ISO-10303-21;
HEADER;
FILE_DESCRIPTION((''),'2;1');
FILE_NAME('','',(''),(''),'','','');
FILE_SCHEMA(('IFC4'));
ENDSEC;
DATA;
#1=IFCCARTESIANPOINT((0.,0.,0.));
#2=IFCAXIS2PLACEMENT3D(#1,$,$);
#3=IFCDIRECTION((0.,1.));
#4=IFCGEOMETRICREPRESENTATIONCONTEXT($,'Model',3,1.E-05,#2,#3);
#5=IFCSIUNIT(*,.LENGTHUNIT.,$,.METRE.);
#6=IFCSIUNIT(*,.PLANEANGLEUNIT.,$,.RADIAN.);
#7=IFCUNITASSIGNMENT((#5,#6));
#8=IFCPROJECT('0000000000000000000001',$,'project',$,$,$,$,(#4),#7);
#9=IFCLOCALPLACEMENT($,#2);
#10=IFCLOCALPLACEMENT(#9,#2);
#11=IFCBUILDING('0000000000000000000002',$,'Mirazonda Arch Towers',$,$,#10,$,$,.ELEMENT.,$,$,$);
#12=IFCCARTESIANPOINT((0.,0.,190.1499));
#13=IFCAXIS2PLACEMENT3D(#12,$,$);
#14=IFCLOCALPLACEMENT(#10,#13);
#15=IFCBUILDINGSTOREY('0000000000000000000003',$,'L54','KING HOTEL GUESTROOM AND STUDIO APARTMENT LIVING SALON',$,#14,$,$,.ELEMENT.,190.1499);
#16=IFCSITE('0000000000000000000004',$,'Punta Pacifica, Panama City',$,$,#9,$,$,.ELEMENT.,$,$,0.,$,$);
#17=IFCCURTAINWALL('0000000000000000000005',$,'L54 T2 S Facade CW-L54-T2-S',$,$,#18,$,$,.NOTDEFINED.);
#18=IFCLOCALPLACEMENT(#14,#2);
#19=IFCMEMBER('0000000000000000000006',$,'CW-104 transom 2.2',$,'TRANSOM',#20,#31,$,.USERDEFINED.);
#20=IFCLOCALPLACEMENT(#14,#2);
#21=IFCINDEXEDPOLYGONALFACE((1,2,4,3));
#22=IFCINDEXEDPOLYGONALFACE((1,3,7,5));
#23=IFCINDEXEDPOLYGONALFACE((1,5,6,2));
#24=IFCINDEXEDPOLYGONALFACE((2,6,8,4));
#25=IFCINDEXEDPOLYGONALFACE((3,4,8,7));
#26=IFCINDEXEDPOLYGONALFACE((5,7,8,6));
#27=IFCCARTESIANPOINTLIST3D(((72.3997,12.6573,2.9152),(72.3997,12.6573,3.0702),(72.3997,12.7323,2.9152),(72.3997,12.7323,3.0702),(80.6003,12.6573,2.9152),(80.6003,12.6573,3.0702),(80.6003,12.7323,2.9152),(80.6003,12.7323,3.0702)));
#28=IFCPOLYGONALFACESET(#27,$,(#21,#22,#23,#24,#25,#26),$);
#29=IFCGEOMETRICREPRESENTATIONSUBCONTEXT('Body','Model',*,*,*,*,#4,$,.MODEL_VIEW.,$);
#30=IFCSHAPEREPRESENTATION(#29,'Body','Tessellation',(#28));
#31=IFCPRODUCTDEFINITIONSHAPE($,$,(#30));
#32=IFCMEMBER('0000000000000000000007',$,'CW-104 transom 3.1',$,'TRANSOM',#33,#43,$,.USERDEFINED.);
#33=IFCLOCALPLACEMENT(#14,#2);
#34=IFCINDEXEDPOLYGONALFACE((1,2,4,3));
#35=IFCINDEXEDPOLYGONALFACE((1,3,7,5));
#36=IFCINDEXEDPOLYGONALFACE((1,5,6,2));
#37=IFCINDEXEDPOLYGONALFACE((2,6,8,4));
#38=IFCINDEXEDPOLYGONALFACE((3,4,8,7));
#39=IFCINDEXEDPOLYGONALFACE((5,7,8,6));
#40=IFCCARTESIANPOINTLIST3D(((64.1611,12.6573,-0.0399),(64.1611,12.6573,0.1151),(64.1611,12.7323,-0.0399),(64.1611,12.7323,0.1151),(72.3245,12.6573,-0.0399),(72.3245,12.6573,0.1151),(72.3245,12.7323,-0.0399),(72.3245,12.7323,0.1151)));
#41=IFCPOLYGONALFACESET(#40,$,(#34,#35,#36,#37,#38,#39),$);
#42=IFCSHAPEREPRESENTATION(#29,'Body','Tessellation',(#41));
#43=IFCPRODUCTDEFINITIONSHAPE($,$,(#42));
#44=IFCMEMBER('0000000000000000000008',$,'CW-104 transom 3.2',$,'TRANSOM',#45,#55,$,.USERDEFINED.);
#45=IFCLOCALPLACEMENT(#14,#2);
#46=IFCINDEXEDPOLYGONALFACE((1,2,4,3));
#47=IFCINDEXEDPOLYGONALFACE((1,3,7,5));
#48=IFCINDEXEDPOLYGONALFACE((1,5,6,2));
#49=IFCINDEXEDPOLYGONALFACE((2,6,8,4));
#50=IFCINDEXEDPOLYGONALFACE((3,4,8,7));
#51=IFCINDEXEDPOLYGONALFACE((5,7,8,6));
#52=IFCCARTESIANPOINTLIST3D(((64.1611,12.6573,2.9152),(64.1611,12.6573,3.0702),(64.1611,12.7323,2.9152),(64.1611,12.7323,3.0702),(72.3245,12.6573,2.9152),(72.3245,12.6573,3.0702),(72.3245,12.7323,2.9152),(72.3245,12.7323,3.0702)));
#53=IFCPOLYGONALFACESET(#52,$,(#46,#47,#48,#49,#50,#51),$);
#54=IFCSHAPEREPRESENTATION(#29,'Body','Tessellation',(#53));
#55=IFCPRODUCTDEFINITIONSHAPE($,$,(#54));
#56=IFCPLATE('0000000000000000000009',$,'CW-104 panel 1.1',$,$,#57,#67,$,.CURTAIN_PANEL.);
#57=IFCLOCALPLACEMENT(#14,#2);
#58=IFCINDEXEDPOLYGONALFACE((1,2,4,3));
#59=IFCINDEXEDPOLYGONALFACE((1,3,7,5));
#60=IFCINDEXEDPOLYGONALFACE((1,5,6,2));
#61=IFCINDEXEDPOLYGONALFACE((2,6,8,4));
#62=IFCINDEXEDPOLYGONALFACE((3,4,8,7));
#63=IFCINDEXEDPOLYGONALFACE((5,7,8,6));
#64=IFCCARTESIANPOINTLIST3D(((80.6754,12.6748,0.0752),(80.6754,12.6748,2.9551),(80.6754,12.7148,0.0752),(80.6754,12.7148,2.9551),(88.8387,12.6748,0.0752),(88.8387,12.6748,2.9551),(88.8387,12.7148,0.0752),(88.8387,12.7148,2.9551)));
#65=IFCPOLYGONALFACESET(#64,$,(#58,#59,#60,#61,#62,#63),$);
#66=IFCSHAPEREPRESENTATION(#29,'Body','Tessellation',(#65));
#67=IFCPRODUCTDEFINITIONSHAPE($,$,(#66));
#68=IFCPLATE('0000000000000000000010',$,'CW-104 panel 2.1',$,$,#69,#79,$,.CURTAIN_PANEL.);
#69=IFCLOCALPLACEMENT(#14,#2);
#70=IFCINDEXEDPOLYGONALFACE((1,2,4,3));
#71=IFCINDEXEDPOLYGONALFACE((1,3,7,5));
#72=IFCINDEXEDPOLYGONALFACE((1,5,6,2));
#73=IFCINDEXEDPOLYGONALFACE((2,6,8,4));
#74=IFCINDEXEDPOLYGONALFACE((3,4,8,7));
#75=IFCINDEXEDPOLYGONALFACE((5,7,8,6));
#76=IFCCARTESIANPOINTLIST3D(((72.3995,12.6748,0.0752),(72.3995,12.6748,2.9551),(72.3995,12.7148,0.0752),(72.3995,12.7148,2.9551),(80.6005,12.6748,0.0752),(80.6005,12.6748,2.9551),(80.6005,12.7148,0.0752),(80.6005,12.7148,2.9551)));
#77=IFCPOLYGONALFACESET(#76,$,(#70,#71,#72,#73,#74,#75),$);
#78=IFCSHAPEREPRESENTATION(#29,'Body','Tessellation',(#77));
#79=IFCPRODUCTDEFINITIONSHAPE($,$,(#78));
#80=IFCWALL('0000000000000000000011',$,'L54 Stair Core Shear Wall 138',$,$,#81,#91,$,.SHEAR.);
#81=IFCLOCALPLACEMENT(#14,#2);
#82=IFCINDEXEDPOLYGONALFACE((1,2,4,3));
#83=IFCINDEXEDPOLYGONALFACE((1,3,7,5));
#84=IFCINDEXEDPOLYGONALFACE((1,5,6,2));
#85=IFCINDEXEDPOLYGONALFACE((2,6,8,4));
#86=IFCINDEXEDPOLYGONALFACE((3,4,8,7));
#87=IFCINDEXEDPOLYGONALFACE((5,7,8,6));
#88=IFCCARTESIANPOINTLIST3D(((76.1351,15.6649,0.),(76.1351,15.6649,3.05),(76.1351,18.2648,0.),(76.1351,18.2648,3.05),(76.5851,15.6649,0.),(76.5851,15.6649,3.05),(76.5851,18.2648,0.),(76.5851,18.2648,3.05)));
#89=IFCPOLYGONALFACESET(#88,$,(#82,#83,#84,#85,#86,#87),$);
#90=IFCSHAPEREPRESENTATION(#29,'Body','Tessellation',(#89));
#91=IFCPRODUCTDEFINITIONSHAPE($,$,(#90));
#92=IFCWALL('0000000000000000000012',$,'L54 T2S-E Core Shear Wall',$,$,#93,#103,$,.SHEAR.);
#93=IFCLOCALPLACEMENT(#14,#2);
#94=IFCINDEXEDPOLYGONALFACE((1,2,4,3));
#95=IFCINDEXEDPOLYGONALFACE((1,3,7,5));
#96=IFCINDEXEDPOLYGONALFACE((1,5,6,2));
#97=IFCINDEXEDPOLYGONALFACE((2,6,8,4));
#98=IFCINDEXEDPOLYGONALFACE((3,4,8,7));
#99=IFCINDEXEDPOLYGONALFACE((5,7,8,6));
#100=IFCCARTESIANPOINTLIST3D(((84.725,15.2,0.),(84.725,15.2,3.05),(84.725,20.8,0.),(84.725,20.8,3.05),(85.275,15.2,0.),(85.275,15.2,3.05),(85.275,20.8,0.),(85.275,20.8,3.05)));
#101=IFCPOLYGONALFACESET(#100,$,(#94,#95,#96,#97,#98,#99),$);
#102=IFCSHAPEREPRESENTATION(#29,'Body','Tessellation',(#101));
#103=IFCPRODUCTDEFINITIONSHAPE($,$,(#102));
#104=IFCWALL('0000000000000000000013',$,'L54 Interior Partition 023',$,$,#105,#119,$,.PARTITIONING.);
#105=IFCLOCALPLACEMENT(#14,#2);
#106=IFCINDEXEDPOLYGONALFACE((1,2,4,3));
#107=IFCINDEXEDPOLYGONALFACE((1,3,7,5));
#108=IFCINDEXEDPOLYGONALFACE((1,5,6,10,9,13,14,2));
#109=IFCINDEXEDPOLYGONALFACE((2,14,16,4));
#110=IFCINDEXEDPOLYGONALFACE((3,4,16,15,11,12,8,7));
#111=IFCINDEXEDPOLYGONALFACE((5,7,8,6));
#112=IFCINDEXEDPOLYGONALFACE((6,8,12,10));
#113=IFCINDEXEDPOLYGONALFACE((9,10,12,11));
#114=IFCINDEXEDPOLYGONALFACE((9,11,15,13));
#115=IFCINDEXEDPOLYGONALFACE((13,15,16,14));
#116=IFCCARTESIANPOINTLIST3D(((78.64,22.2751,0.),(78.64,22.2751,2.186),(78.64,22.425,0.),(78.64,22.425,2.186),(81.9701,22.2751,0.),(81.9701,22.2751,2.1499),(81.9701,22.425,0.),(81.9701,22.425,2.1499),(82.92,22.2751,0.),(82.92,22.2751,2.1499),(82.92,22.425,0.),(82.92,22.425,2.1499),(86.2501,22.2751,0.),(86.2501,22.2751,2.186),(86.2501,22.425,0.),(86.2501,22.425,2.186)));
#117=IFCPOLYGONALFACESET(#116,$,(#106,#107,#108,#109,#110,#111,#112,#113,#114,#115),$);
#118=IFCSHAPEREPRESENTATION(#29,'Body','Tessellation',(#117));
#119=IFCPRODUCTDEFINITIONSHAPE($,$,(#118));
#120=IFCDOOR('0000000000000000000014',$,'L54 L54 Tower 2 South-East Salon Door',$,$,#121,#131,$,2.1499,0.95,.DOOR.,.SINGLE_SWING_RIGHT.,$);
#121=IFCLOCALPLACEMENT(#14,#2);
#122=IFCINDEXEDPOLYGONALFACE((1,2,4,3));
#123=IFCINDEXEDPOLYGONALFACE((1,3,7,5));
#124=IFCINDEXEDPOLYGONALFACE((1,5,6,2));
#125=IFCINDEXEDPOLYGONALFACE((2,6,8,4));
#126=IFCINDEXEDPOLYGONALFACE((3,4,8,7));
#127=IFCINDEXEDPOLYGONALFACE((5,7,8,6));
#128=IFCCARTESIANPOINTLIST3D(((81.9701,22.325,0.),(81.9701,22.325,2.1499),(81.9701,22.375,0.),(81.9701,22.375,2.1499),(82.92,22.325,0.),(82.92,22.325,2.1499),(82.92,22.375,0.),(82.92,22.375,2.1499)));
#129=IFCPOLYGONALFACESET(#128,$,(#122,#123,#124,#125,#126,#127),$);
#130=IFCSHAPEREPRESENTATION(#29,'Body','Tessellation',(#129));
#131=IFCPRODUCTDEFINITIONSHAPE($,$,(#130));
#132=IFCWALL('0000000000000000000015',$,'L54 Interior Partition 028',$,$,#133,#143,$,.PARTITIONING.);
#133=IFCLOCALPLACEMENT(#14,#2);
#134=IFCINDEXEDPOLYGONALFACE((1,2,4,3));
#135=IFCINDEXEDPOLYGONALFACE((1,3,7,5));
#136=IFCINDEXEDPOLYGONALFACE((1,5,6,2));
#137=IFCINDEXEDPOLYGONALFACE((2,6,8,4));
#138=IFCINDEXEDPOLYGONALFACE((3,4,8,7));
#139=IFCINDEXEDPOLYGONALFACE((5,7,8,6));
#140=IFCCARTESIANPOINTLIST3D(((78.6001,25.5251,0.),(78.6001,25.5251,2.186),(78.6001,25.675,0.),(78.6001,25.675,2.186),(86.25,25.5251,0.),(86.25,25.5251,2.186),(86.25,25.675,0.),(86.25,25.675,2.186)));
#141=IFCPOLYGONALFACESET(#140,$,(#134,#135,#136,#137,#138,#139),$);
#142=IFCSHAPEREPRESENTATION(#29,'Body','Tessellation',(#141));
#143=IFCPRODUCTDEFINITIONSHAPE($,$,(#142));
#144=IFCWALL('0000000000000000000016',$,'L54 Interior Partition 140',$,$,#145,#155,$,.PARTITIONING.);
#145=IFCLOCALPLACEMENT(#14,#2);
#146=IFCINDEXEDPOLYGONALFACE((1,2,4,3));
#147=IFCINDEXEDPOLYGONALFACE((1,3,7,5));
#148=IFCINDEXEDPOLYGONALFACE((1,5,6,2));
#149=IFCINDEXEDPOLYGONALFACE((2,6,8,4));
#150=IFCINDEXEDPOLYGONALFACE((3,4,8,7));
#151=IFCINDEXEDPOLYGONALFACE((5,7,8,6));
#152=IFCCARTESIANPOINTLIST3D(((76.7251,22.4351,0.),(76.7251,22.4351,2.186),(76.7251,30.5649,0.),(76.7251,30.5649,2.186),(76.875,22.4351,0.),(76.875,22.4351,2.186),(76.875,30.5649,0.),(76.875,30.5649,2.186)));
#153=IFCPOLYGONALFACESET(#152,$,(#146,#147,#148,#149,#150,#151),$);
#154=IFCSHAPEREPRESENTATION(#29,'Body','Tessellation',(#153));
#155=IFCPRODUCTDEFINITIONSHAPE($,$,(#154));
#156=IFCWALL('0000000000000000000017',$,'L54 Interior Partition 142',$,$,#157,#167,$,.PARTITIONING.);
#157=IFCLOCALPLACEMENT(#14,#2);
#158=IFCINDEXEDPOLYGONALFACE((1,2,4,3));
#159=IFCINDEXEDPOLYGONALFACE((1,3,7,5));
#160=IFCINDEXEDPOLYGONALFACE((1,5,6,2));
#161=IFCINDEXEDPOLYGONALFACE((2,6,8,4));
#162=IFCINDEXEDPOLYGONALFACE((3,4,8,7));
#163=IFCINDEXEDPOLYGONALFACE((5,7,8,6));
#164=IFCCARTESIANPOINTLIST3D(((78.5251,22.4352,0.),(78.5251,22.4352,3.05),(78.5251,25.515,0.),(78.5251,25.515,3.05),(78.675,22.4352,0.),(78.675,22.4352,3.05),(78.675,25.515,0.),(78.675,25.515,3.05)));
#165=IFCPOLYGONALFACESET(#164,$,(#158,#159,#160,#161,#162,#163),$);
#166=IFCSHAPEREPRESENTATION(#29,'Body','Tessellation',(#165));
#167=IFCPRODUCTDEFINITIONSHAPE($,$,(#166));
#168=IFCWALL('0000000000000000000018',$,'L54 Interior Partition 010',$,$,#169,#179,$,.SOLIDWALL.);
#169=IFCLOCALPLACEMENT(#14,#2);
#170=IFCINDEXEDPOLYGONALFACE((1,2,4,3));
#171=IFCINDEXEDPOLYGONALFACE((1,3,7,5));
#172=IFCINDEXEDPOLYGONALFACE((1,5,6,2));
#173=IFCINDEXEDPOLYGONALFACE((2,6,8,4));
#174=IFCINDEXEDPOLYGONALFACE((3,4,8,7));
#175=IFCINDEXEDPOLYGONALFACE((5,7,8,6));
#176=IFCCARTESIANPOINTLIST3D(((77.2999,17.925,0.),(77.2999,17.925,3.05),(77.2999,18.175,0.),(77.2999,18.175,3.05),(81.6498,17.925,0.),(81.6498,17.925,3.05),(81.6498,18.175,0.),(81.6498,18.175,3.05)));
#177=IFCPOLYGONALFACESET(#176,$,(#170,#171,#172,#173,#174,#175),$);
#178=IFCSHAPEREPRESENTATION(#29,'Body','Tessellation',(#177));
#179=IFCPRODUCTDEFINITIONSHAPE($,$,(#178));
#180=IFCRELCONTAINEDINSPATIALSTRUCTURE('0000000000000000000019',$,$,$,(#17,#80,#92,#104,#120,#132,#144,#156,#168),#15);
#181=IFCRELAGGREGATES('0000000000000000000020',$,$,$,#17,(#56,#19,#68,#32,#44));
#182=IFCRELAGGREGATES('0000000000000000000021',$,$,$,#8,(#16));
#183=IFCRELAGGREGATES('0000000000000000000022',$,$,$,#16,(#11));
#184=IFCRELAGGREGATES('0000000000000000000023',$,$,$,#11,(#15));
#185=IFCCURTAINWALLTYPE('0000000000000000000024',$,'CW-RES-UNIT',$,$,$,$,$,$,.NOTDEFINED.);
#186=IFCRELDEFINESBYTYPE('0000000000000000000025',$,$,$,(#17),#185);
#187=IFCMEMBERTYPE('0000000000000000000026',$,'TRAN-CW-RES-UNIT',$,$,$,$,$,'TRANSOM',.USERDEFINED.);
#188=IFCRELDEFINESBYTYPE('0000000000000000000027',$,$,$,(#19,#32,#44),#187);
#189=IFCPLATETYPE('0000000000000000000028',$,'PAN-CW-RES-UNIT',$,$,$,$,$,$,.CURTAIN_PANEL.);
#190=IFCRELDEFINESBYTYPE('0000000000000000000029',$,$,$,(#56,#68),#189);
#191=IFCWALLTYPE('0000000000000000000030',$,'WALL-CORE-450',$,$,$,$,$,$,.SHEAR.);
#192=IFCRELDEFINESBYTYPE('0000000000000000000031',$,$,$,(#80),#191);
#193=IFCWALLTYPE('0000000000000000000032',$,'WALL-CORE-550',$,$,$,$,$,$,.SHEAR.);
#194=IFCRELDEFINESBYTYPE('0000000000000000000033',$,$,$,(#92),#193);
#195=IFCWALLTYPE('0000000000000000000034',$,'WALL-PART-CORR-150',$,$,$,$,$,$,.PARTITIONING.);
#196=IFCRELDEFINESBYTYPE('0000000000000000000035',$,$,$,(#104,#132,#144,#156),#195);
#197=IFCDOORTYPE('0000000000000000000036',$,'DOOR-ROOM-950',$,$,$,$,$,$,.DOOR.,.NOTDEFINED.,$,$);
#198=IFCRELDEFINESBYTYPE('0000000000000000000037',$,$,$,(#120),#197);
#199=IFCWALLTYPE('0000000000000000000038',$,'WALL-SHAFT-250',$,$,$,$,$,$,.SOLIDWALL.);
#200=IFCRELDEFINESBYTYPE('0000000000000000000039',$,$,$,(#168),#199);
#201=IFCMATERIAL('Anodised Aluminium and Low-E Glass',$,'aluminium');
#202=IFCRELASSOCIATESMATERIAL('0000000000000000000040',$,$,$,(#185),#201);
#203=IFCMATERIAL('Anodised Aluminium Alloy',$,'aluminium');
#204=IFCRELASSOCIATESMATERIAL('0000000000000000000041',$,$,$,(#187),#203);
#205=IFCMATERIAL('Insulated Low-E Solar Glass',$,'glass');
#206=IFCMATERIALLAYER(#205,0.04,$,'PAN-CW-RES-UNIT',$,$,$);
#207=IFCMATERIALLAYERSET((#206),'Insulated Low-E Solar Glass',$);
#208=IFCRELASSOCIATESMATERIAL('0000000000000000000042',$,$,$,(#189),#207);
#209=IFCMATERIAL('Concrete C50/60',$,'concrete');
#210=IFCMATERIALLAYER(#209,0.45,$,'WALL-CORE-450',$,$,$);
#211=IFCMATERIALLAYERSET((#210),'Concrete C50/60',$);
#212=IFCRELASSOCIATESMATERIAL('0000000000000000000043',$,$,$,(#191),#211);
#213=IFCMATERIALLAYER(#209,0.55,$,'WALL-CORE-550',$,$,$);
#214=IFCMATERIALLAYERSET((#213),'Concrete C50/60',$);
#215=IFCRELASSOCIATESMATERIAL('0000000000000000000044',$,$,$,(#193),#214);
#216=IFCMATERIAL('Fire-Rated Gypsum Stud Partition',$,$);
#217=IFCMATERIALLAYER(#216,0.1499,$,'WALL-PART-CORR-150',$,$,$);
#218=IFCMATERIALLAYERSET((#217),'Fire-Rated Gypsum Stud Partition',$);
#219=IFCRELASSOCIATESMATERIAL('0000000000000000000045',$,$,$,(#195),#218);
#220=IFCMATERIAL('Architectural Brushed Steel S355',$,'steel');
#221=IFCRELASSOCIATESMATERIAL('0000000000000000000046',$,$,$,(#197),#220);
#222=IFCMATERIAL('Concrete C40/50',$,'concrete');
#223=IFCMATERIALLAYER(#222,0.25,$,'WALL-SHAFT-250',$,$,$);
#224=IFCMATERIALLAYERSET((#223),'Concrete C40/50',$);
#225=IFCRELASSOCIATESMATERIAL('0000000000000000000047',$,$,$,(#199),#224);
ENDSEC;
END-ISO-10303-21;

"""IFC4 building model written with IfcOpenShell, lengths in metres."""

from ifc_helpers import new_model, si_unit, direction, frame, frame_2d, origin, origin_2d, place, context, subcontext, project, spatial, rectangle, extrude, material, layer, layer_set, material_profile, profile_set, type_object, element, fill, aggregate, save


model = new_model("IFC4")

# Units and contexts
model_context = context("Model", 3, precision=1e-05, world=origin(), true_north=direction((0.0, 1.0)))
body_context = subcontext(model_context, "Body", "Model", "MODEL_VIEW")
ifc_project = project(units=[si_unit("LENGTHUNIT", "METRE"), si_unit("PLANEANGLEUNIT", "RADIAN")], contexts=[model_context])

# Site, building, storey
site_placement = place(None, origin())
site = spatial("IfcSite", under=ifc_project, at=site_placement, Name="Punta Pacifica, Panama City", CompositionType="ELEMENT", RefElevation=0.0)
building_placement = place(site_placement, origin())
building = spatial("IfcBuilding", under=site, at=building_placement, Name="Mirazonda Arch Towers", CompositionType="ELEMENT")
storey_placement = place(building_placement, frame((0.0, 0.0, 190.1499)))
storey = spatial("IfcBuildingStorey", under=building, at=storey_placement, Name="L54", Description="KING HOTEL GUESTROOM AND STUDIO APARTMENT LIVING SALON", CompositionType="ELEMENT", Elevation=190.1499)

# Shared definitions
ifc_material_1 = material(Name="Concrete C50/60", Category="concrete")

# Curtain wall, members, plates
ifc_material_2 = material(Name="Anodised Aluminium and Low-E Glass", Category="aluminium")
curtain_wall_type = type_object("IfcCurtainWallType", Name="CW-RES-UNIT", PredefinedType="NOTDEFINED", material=ifc_material_2)
curtain_wall_placement = place(storey_placement, origin())
curtain_wall = element("IfcCurtainWall", 1, at=curtain_wall_placement, inside=storey, type_object=curtain_wall_type, Name="L54 T2 S Facade CW-L54-T2-S", PredefinedType="NOTDEFINED")
ifc_material_3 = material(Name="Anodised Aluminium Alloy", Category="aluminium")
ifc_material_profile_1 = material_profile(ifc_material_3, rectangle(XDim=0.075, YDim=0.155, at=origin_2d()), Name="ALU-TRAN-75x155")
ifc_profile_set_1 = profile_set([ifc_material_profile_1], Name="Anodised Aluminium Alloy")
member_type_1 = type_object("IfcMemberType", Name="TRAN-CW-RES-UNIT", ElementType="TRANSOM", PredefinedType="USERDEFINED", material=ifc_profile_set_1)
member_1_placement = place(storey_placement, frame((80.6003, 12.6948, 2.9927), z_axis=(-1.0, 0.0, 0.0), x_axis=(0.0, -1.0, 0.0)))
member_1 = element("IfcMember", 2, at=member_1_placement, type_object=member_type_1, Name="CW-104 transom 2.2", ObjectType="TRANSOM", PredefinedType="USERDEFINED", context=body_context, shape_type="SweptSolid", body=[
    extrude(rectangle(XDim=0.075, YDim=0.155, at=origin_2d()), origin(), (0.0, 0.0, 1.0), 8.2007),
])
member_2_placement = place(storey_placement, frame((72.3245, 12.6948, 0.0376), z_axis=(-1.0, 0.0, 0.0), x_axis=(0.0, -1.0, 0.0)))
member_2 = element("IfcMember", 3, at=member_2_placement, type_object=member_type_1, Name="CW-104 transom 3.1", ObjectType="TRANSOM", PredefinedType="USERDEFINED", context=body_context, shape_type="SweptSolid", body=[
    extrude(rectangle(XDim=0.075, YDim=0.155, at=origin_2d()), origin(), (0.0, 0.0, 1.0), 8.1633),
])
member_3_placement = place(storey_placement, frame((72.3245, 12.6948, 2.9927), z_axis=(-1.0, 0.0, 0.0), x_axis=(0.0, -1.0, 0.0)))
member_3 = element("IfcMember", 4, at=member_3_placement, type_object=member_type_1, Name="CW-104 transom 3.2", ObjectType="TRANSOM", PredefinedType="USERDEFINED", context=body_context, shape_type="SweptSolid", body=[
    extrude(rectangle(XDim=0.075, YDim=0.155, at=origin_2d()), origin(), (0.0, 0.0, 1.0), 8.1633),
])
ifc_material_4 = material(Name="Insulated Low-E Solar Glass", Category="glass")
ifc_layer_1 = layer(ifc_material_4, 0.04, Name="PAN-CW-RES-UNIT")
ifc_layer_set_1 = layer_set([ifc_layer_1], Name="Insulated Low-E Solar Glass")
plate_type = type_object("IfcPlateType", Name="PAN-CW-RES-UNIT", PredefinedType="CURTAIN_PANEL", material=ifc_layer_set_1)
plate_1_placement = place(storey_placement, frame((84.7571, 12.6948, 0.0752), z_axis=(0.0, 0.0, 1.0), x_axis=(-1.0, 0.0, 0.0)))
plate_1 = element("IfcPlate", 5, at=plate_1_placement, type_object=plate_type, Name="CW-104 panel 1.1", PredefinedType="CURTAIN_PANEL", context=body_context, shape_type="SweptSolid", body=[
    extrude(rectangle(XDim=8.1633, YDim=0.04, at=origin_2d()), origin(), (0.0, 0.0, 1.0), 2.8799),
])
plate_2_placement = place(storey_placement, frame((76.5, 12.6948, 0.0752), z_axis=(0.0, 0.0, 1.0), x_axis=(-1.0, 0.0, 0.0)))
plate_2 = element("IfcPlate", 6, at=plate_2_placement, type_object=plate_type, Name="CW-104 panel 2.1", PredefinedType="CURTAIN_PANEL", context=body_context, shape_type="SweptSolid", body=[
    extrude(rectangle(XDim=8.2009, YDim=0.04, at=origin_2d()), origin(), (0.0, 0.0, 1.0), 2.8799),
])
aggregate(curtain_wall, [plate_1, member_1, plate_2, member_2, member_3])

# Walls
ifc_layer_2 = layer(ifc_material_1, 0.45, Name="WALL-CORE-450")
ifc_layer_set_2 = layer_set([ifc_layer_2], Name="Concrete C50/60")
wall_type_1 = type_object("IfcWallType", Name="WALL-CORE-450", PredefinedType="SHEAR", material=ifc_layer_set_2)
wall_1_placement = place(storey_placement, frame((76.3601, 15.665, 0.0), z_axis=(0.0, 0.0, 1.0), x_axis=(0.0, 1.0, 0.0)))
element("IfcWall", 7, at=wall_1_placement, inside=storey, type_object=wall_type_1, Name="L54 Stair Core Shear Wall 138", PredefinedType="SHEAR", context=body_context, shape_type="SweptSolid", body=[
    extrude(rectangle(XDim=2.5999, YDim=0.45, at=frame_2d((1.2998, 0.0))), origin(), (0.0, 0.0, 1.0), 3.05),
])
ifc_layer_3 = layer(ifc_material_1, 0.55, Name="WALL-CORE-550")
ifc_layer_set_3 = layer_set([ifc_layer_3], Name="Concrete C50/60")
wall_type_2 = type_object("IfcWallType", Name="WALL-CORE-550", PredefinedType="SHEAR", material=ifc_layer_set_3)
wall_2_placement = place(storey_placement, frame((85.0, 15.2, 0.0), z_axis=(0.0, 0.0, 1.0), x_axis=(0.0, 1.0, 0.0)))
element("IfcWall", 8, at=wall_2_placement, inside=storey, type_object=wall_type_2, Name="L54 T2S-E Core Shear Wall", PredefinedType="SHEAR", context=body_context, shape_type="SweptSolid", body=[
    extrude(rectangle(XDim=5.6001, YDim=0.55, at=frame_2d((2.8, 0.0))), origin(), (0.0, 0.0, 1.0), 3.05),
])

# Wall, opening, door
ifc_material_5 = material(Name="Fire-Rated Gypsum Stud Partition")
ifc_layer_4 = layer(ifc_material_5, 0.1499, Name="WALL-PART-CORR-150")
ifc_layer_set_4 = layer_set([ifc_layer_4], Name="Fire-Rated Gypsum Stud Partition")
wall_type_3 = type_object("IfcWallType", Name="WALL-PART-CORR-150", PredefinedType="PARTITIONING", material=ifc_layer_set_4)
wall_3_placement = place(storey_placement, frame((78.6399, 22.3501, 0.0), z_axis=(0.0, 0.0, 1.0), x_axis=(1.0, 0.0, 0.0)))
wall_3 = element("IfcWall", 9, at=wall_3_placement, inside=storey, type_object=wall_type_3, Name="L54 Interior Partition 023", PredefinedType="PARTITIONING", context=body_context, shape_type="SweptSolid", body=[
    extrude(rectangle(XDim=7.6101, YDim=0.1499, at=frame_2d((3.8052, 0.0))), origin(), (0.0, 0.0, 1.0), 2.186),
])
opening_placement = place(wall_3_placement, frame((3.3301, 0.0, 0.0)))
opening = element("IfcOpeningElement", 10, at=opening_placement, cuts=wall_3, PredefinedType="OPENING", context=body_context, shape_type="SweptSolid", body=[
    extrude(rectangle(XDim=0.95, YDim=2.1499, at=frame_2d((0.4751, 1.075))), frame((0.0, 0.085, 0.0), z_axis=(0.0, -1.0, 0.0), x_axis=(1.0, 0.0, 0.0)), (0.0, 0.0, 1.0), 0.1699),
])
ifc_material_6 = material(Name="Architectural Brushed Steel S355", Category="steel")
door_type = type_object("IfcDoorType", Name="DOOR-ROOM-950", OperationType="NOTDEFINED", PredefinedType="DOOR", material=ifc_material_6)
door_placement = place(opening_placement, origin())
door = element("IfcDoor", 11, at=door_placement, inside=storey, type_object=door_type, Name="L54 L54 Tower 2 South-East Salon Door", OperationType="SINGLE_SWING_RIGHT", OverallHeight=2.1499, OverallWidth=0.95, PredefinedType="DOOR", context=body_context, shape_type="SweptSolid", body=[
    extrude(rectangle(XDim=0.95, YDim=2.1499, at=frame_2d((0.4751, 1.075))), frame((0.0, 0.0249, 0.0), z_axis=(0.0, -1.0, 0.0), x_axis=(1.0, 0.0, 0.0)), (0.0, 0.0, 1.0), 0.05),
])
fill(opening, door)

# Walls
wall_4_placement = place(storey_placement, frame((78.6001, 25.6001, 0.0), z_axis=(0.0, 0.0, 1.0), x_axis=(1.0, 0.0, 0.0)))
element("IfcWall", 12, at=wall_4_placement, inside=storey, type_object=wall_type_3, Name="L54 Interior Partition 028", PredefinedType="PARTITIONING", context=body_context, shape_type="SweptSolid", body=[
    extrude(rectangle(XDim=7.6499, YDim=0.1499, at=frame_2d((3.825, 0.0))), origin(), (0.0, 0.0, 1.0), 2.186),
])
wall_5_placement = place(storey_placement, frame((76.8, 22.4351, 0.0), z_axis=(0.0, 0.0, 1.0), x_axis=(0.0, 1.0, 0.0)))
element("IfcWall", 13, at=wall_5_placement, inside=storey, type_object=wall_type_3, Name="L54 Interior Partition 140", PredefinedType="PARTITIONING", context=body_context, shape_type="SweptSolid", body=[
    extrude(rectangle(XDim=8.1299, YDim=0.1499, at=frame_2d((4.0649, 0.0))), origin(), (0.0, 0.0, 1.0), 2.186),
])
wall_6_placement = place(storey_placement, frame((78.6001, 22.4351, 0.0), z_axis=(0.0, 0.0, 1.0), x_axis=(0.0, 1.0, 0.0)))
element("IfcWall", 14, at=wall_6_placement, inside=storey, type_object=wall_type_3, Name="L54 Interior Partition 142", PredefinedType="PARTITIONING", context=body_context, shape_type="SweptSolid", body=[
    extrude(rectangle(XDim=3.0798, YDim=0.1499, at=frame_2d((1.54, 0.0))), origin(), (0.0, 0.0, 1.0), 3.05),
])
ifc_material_7 = material(Name="Concrete C40/50", Category="concrete")
ifc_layer_5 = layer(ifc_material_7, 0.25, Name="WALL-SHAFT-250")
ifc_layer_set_5 = layer_set([ifc_layer_5], Name="Concrete C40/50")
wall_type_4 = type_object("IfcWallType", Name="WALL-SHAFT-250", PredefinedType="SOLIDWALL", material=ifc_layer_set_5)
wall_7_placement = place(storey_placement, frame((77.3, 18.05, 0.0), z_axis=(0.0, 0.0, 1.0), x_axis=(1.0, 0.0, 0.0)))
element("IfcWall", 15, at=wall_7_placement, inside=storey, type_object=wall_type_4, Name="L54 Interior Partition 010", PredefinedType="SOLIDWALL", context=body_context, shape_type="SweptSolid", body=[
    extrude(rectangle(XDim=4.3499, YDim=0.25, at=frame_2d((2.1748, 0.0))), origin(), (0.0, 0.0, 1.0), 3.05),
])

save(model, "model.ifc")
